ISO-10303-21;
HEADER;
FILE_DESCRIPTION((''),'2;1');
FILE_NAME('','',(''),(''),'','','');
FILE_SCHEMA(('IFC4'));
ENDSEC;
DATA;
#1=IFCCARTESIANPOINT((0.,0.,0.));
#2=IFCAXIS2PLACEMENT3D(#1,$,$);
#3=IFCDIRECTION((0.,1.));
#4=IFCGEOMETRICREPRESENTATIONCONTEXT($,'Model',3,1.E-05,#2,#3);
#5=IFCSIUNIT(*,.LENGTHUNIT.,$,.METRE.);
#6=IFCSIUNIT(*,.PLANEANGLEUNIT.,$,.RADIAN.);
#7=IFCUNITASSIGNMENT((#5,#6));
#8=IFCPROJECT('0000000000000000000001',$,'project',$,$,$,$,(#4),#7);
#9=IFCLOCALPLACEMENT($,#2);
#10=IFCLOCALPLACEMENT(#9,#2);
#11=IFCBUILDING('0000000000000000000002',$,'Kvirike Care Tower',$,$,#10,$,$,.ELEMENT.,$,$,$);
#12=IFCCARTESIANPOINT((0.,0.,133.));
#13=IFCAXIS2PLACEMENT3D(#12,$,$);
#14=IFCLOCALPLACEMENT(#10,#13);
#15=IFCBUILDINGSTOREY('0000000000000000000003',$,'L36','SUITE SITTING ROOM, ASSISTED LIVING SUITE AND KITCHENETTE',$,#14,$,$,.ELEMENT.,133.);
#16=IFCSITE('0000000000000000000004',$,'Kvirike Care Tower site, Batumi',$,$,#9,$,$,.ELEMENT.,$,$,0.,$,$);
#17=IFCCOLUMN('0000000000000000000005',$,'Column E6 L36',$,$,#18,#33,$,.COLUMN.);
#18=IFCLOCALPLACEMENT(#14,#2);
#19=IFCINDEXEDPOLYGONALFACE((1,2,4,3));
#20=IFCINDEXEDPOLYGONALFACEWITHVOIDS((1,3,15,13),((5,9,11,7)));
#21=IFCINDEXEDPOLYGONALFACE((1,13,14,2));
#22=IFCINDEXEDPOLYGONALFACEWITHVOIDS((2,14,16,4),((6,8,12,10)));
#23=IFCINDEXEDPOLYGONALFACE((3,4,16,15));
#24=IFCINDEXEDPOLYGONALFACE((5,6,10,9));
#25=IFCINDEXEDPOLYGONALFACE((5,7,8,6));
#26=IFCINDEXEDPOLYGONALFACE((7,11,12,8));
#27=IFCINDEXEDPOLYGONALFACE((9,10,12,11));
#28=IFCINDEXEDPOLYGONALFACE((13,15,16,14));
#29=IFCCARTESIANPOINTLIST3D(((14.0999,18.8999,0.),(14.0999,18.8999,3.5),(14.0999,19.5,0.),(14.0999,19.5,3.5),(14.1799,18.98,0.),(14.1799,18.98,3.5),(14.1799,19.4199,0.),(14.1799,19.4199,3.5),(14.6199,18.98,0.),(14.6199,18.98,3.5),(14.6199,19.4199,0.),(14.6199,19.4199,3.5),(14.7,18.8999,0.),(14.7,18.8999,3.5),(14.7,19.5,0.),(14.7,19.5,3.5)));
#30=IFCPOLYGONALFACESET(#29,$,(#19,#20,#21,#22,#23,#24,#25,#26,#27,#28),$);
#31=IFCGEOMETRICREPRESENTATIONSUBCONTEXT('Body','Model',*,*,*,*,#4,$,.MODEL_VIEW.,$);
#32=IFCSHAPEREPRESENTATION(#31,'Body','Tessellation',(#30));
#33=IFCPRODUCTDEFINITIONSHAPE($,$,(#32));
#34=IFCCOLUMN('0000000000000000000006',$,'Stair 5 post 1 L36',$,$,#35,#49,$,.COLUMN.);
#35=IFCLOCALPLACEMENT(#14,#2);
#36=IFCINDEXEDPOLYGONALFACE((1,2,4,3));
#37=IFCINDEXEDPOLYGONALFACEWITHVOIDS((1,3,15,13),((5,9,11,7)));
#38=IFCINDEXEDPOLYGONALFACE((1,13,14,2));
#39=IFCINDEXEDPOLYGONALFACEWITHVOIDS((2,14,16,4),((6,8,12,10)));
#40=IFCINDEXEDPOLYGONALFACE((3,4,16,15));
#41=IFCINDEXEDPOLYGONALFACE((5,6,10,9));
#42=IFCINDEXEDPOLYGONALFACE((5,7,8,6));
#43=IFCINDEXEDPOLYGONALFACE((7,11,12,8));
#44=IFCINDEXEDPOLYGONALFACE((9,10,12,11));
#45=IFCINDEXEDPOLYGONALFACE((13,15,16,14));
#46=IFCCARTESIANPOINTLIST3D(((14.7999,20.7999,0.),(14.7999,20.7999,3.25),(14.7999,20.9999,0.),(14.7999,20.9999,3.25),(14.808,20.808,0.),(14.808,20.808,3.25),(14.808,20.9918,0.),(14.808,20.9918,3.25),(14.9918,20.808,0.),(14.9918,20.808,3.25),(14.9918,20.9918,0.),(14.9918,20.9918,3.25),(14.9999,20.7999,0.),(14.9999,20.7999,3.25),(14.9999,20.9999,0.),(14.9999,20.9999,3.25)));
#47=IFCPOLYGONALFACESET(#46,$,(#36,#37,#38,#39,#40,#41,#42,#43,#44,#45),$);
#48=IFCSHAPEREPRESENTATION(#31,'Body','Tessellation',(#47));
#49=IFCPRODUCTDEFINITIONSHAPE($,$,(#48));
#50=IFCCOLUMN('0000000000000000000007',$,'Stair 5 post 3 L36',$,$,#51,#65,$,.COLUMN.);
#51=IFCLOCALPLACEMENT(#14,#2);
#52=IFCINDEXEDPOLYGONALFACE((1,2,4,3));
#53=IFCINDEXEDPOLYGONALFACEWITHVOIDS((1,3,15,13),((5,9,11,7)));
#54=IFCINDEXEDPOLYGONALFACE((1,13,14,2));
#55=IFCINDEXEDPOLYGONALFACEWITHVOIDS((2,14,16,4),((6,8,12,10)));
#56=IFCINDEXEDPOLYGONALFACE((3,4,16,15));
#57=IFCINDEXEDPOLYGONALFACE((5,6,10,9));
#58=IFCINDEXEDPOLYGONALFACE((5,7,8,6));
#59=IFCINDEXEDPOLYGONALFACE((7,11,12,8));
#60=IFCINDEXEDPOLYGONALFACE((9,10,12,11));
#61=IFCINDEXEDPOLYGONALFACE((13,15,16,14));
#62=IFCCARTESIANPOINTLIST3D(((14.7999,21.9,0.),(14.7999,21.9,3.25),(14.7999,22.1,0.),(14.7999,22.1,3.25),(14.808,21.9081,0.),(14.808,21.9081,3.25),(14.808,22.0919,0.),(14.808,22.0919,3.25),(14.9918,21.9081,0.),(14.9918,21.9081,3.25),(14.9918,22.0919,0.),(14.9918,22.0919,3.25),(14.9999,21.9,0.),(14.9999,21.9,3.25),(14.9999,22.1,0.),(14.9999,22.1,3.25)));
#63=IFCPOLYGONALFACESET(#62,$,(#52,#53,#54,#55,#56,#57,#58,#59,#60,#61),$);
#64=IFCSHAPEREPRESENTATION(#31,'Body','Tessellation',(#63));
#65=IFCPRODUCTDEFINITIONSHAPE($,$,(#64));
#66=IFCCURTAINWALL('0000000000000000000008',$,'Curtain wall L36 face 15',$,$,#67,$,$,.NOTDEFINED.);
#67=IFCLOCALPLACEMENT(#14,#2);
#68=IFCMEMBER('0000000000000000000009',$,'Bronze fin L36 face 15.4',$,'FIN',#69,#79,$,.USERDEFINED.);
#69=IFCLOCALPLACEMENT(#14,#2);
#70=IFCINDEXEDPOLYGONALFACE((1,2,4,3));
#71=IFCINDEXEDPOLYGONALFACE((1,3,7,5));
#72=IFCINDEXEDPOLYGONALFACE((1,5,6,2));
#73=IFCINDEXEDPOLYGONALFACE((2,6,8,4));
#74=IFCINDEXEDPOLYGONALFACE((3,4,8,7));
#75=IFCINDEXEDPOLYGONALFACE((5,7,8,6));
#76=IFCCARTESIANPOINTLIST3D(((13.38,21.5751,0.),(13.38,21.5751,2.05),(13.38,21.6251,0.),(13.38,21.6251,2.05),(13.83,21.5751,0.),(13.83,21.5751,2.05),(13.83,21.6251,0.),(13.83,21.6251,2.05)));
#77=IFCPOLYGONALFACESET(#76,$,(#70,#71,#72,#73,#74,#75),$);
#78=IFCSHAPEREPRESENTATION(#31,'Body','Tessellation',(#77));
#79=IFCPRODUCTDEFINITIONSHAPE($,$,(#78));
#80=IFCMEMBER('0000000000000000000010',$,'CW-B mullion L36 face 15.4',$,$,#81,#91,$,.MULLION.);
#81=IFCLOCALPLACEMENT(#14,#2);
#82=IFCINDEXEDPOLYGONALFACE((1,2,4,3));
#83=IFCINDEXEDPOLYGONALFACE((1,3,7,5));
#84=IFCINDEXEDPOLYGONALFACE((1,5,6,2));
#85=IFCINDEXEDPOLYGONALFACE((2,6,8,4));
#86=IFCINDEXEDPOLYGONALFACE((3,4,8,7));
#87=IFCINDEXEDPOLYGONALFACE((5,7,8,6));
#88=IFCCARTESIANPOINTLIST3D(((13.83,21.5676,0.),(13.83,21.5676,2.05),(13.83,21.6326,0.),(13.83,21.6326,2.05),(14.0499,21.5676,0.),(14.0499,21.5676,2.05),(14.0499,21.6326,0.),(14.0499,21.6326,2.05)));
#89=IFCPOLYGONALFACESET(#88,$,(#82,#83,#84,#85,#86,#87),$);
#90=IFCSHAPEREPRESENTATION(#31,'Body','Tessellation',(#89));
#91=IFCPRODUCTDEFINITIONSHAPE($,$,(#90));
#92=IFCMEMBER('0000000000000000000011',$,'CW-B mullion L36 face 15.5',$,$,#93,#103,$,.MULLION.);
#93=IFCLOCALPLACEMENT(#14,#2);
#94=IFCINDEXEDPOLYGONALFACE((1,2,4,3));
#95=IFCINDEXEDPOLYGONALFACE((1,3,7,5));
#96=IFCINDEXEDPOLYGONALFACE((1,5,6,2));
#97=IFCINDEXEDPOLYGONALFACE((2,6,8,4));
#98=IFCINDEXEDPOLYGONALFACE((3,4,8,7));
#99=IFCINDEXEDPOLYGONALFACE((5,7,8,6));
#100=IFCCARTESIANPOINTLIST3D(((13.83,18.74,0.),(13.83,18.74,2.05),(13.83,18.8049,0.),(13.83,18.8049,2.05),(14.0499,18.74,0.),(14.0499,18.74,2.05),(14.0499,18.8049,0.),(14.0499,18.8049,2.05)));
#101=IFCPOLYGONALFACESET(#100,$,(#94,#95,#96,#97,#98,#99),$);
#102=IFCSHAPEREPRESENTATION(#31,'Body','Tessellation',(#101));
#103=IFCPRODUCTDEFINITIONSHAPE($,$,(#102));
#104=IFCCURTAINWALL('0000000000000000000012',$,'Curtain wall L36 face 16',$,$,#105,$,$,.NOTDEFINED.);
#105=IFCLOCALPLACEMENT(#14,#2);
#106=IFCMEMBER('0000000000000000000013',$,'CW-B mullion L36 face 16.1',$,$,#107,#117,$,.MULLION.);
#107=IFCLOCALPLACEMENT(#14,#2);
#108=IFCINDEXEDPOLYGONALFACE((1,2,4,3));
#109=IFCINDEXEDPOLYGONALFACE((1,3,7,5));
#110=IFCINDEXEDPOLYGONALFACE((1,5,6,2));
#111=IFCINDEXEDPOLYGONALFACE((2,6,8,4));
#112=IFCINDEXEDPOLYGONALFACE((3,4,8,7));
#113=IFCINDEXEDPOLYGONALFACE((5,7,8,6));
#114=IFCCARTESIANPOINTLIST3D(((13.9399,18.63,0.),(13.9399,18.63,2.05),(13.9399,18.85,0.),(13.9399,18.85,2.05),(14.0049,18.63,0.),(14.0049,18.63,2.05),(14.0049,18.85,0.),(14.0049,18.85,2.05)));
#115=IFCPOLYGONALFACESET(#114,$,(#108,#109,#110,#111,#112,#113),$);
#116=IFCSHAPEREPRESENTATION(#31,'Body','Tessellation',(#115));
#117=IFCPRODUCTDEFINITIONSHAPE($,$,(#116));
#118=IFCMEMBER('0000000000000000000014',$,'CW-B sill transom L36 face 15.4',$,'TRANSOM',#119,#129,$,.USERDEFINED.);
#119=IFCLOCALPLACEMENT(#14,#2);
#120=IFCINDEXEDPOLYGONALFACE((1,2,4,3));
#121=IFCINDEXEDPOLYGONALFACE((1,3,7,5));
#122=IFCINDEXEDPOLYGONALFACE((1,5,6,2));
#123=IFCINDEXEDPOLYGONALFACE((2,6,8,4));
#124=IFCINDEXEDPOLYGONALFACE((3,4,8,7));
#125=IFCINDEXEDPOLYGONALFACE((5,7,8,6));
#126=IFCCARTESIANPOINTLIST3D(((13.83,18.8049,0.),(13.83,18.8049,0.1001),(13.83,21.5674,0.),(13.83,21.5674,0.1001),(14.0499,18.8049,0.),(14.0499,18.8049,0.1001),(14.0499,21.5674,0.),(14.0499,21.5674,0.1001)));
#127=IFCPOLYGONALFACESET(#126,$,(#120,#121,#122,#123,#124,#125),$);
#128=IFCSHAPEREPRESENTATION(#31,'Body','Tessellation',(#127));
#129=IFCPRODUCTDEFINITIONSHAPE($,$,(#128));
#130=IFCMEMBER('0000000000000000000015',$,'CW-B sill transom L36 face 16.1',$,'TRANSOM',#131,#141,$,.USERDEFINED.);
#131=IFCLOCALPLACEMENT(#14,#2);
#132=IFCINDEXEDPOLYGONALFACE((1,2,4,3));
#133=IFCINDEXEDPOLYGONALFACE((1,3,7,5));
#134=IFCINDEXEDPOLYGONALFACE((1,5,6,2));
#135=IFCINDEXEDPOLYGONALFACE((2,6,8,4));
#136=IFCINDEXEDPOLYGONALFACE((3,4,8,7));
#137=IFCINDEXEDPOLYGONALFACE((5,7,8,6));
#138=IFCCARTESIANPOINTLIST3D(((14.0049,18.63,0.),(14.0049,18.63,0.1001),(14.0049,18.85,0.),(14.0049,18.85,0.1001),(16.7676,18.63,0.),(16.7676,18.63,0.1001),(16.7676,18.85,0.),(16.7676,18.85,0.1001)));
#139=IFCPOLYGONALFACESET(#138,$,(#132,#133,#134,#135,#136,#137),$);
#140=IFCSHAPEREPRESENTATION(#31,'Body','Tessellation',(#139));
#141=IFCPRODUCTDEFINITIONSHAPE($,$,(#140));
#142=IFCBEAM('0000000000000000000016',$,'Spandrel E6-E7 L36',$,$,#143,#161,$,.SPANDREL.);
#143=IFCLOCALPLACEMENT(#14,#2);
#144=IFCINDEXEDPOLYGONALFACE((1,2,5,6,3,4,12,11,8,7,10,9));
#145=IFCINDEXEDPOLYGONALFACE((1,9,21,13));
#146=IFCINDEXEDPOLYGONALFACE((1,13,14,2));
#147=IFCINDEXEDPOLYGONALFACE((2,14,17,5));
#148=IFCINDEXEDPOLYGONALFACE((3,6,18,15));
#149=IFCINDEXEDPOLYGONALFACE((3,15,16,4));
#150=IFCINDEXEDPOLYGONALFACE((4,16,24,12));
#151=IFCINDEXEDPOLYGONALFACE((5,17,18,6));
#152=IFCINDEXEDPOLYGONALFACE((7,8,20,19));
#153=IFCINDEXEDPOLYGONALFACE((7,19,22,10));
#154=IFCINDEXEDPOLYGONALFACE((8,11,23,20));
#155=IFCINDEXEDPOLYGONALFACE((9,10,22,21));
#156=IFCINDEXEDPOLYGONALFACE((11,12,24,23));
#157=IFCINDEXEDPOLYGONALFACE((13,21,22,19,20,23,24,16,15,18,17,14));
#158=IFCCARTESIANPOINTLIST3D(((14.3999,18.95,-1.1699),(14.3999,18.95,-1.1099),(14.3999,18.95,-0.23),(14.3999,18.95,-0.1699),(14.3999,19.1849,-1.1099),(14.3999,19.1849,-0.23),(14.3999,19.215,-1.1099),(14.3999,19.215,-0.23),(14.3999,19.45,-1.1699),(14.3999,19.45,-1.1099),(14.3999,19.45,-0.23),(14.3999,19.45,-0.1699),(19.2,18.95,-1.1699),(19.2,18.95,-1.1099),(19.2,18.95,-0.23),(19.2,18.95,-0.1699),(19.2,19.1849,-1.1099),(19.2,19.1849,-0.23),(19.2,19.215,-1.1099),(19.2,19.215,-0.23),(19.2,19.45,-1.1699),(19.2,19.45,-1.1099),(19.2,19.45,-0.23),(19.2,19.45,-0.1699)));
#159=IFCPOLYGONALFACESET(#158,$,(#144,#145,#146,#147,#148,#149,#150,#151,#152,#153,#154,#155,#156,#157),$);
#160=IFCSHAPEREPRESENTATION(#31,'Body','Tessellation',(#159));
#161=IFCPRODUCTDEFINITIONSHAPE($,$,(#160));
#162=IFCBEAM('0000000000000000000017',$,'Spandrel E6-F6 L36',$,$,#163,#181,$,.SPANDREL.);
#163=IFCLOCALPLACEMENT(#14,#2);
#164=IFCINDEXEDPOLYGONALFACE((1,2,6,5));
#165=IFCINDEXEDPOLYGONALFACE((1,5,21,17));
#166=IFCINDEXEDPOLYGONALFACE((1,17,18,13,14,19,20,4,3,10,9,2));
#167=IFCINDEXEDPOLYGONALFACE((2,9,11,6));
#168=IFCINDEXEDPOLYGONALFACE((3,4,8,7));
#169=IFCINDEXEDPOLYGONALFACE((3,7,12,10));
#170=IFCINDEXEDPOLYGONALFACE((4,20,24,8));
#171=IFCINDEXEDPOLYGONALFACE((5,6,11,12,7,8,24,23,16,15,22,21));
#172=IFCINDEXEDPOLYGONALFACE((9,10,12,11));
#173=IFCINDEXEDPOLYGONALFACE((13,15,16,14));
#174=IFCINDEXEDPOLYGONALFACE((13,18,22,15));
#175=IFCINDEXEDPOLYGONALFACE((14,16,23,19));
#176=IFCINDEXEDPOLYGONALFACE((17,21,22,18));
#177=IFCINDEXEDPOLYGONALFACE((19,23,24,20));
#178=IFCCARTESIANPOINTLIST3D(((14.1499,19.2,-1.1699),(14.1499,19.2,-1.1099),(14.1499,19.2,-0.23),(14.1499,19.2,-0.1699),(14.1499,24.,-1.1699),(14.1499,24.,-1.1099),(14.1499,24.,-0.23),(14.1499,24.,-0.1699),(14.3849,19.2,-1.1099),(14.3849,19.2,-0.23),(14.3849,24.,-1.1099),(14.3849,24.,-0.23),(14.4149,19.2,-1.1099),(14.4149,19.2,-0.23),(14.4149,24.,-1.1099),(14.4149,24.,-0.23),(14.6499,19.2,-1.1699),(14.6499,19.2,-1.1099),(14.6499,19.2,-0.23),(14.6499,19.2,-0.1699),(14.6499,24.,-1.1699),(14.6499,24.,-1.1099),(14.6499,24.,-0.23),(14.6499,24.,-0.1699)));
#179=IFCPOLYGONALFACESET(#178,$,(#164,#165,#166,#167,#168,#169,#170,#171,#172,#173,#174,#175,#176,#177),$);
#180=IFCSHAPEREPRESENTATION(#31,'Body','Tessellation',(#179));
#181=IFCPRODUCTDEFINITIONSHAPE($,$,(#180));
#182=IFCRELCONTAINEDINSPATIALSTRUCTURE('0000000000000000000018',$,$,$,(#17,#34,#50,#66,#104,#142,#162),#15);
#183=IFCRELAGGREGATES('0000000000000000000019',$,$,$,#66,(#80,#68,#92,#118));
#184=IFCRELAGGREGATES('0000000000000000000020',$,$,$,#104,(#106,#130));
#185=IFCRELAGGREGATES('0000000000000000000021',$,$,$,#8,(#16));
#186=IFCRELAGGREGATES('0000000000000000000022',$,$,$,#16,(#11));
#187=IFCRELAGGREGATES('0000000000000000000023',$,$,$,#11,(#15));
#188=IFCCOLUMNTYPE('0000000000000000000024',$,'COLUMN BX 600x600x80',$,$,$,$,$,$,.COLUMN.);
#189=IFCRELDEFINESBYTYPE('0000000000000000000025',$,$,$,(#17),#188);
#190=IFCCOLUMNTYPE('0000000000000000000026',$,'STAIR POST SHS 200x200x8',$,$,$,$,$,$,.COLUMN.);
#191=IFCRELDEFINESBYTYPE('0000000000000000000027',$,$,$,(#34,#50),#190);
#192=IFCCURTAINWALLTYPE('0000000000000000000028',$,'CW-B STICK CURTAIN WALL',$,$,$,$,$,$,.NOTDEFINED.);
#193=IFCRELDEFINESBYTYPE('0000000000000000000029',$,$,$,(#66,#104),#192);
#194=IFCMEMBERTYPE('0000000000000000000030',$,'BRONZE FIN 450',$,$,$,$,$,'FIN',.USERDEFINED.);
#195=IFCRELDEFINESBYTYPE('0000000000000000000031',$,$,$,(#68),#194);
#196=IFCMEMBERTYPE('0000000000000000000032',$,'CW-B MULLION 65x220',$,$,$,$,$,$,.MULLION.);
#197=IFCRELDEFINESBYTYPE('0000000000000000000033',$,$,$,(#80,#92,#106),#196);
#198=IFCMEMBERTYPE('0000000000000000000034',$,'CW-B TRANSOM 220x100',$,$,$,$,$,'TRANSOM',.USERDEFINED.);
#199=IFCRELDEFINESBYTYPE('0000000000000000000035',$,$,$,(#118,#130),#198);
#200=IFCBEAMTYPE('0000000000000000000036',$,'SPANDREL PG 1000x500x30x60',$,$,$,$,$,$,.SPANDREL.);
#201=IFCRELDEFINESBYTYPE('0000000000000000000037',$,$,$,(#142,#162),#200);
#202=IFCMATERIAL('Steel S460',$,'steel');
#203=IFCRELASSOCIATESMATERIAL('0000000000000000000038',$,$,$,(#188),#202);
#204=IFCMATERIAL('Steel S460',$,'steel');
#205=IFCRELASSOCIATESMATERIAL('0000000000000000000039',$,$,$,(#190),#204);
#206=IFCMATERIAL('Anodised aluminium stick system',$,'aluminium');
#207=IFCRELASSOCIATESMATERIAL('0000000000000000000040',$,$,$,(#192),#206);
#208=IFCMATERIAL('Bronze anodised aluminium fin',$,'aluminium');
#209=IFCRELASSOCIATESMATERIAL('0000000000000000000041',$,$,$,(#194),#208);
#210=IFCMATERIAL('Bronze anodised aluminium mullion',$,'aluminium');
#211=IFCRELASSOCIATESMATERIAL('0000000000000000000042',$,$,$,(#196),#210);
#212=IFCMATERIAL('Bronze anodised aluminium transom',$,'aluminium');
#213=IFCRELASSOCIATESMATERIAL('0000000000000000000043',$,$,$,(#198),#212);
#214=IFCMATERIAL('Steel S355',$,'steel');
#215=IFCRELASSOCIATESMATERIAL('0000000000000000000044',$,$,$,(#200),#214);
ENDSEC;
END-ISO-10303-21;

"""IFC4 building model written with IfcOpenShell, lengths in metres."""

from ifc_helpers import new_model, si_unit, direction, frame, origin, origin_2d, place, context, subcontext, project, spatial, rectangle, hollow_rectangle, i_section, extrude, material, material_profile, profile_set, type_object, element, aggregate, save


model = new_model("IFC4")

# Units and contexts
model_context = context("Model", 3, precision=1e-05, world=origin(), true_north=direction((0.0, 1.0)))
body_context = subcontext(model_context, "Body", "Model", "MODEL_VIEW")
ifc_project = project(units=[si_unit("LENGTHUNIT", "METRE"), si_unit("PLANEANGLEUNIT", "RADIAN")], contexts=[model_context])

# Site, building, storey
site_placement = place(None, origin())
site = spatial("IfcSite", under=ifc_project, at=site_placement, Name="Kvirike Care Tower site, Batumi", CompositionType="ELEMENT", RefElevation=0.0)
building_placement = place(site_placement, origin())
building = spatial("IfcBuilding", under=site, at=building_placement, Name="Kvirike Care Tower", CompositionType="ELEMENT")
storey_placement = place(building_placement, frame((0.0, 0.0, 133.0)))
storey = spatial("IfcBuildingStorey", under=building, at=storey_placement, Name="L36", Description="SUITE SITTING ROOM, ASSISTED LIVING SUITE AND KITCHENETTE", CompositionType="ELEMENT", Elevation=133.0)

# Columns
ifc_material_1 = material(Name="Steel S460", Category="steel")
ifc_material_profile_1 = material_profile(ifc_material_1, hollow_rectangle(XDim=0.6001, YDim=0.6001, WallThickness=0.0801, at=origin_2d()), Name="BX 600x600x80")
ifc_profile_set_1 = profile_set([ifc_material_profile_1], Name="Steel S460")
column_type_1 = type_object("IfcColumnType", Name="COLUMN BX 600x600x80", PredefinedType="COLUMN", material=ifc_profile_set_1)
column_placement = place(storey_placement, frame((14.3999, 19.2, 0.0), z_axis=(0.0, 0.0, 1.0), x_axis=(0.0, 1.0, 0.0)))
element("IfcColumn", 1, at=column_placement, inside=storey, type_object=column_type_1, Name="Column E6 L36", PredefinedType="COLUMN", context=body_context, shape_type="SweptSolid", body=[
    extrude(hollow_rectangle(XDim=0.6001, YDim=0.6001, WallThickness=0.0801, at=origin_2d()), origin(), (0.0, 0.0, 1.0), 3.5),
])
ifc_material_2 = material(Name="Steel S460", Category="steel")
ifc_material_profile_2 = material_profile(ifc_material_2, hollow_rectangle(XDim=0.2, YDim=0.2, WallThickness=0.0081, at=origin_2d()), Name="SHS 200x200x8")
ifc_profile_set_2 = profile_set([ifc_material_profile_2], Name="Steel S460")
column_type_2 = type_object("IfcColumnType", Name="STAIR POST SHS 200x200x8", PredefinedType="COLUMN", material=ifc_profile_set_2)
for number, where, z_axis, x_axis, name in (
    (2, (14.8999, 20.8999, 0.0), (0.0, 0.0, 1.0), (1.0, 0.0, 0.0), "Stair 5 post 1 L36"),
    (3, (14.8999, 22.0, 0.0), (0.0, 0.0, 1.0), (1.0, 0.0, 0.0), "Stair 5 post 3 L36"),
):
    element("IfcColumn", number, at=place(storey_placement, frame(where, z_axis=z_axis, x_axis=x_axis)), inside=storey, type_object=column_type_2, Name=name, PredefinedType="COLUMN", context=body_context, shape_type="SweptSolid", body=[
        extrude(hollow_rectangle(XDim=0.2, YDim=0.2, WallThickness=0.0081, at=origin_2d()), origin(), (0.0, 0.0, 1.0), 3.25),
    ])

# Curtain wall, members
ifc_material_3 = material(Name="Anodised aluminium stick system", Category="aluminium")
curtain_wall_type = type_object("IfcCurtainWallType", Name="CW-B STICK CURTAIN WALL", PredefinedType="NOTDEFINED", material=ifc_material_3)
curtain_wall_1_placement = place(storey_placement, origin())
curtain_wall_1 = element("IfcCurtainWall", 4, at=curtain_wall_1_placement, inside=storey, type_object=curtain_wall_type, Name="Curtain wall L36 face 15", PredefinedType="NOTDEFINED")
ifc_material_4 = material(Name="Bronze anodised aluminium fin", Category="aluminium")
ifc_material_profile_3 = material_profile(ifc_material_4, rectangle(XDim=0.05, YDim=0.45, at=origin_2d()), Name="BRONZE FIN 450")
ifc_profile_set_3 = profile_set([ifc_material_profile_3], Name="Bronze anodised aluminium fin")
member_type_1 = type_object("IfcMemberType", Name="BRONZE FIN 450", ElementType="FIN", PredefinedType="USERDEFINED", material=ifc_profile_set_3)
member_1_placement = place(storey_placement, frame((13.605, 21.6001, 0.0), z_axis=(0.0, 0.0, 1.0), x_axis=(0.0, -1.0, 0.0)))
member_1 = element("IfcMember", 5, at=member_1_placement, type_object=member_type_1, Name="Bronze fin L36 face 15.4", ObjectType="FIN", PredefinedType="USERDEFINED", context=body_context, shape_type="SweptSolid", body=[
    extrude(rectangle(XDim=0.05, YDim=0.45, at=origin_2d()), origin(), (0.0, 0.0, 1.0), 2.05),
])
ifc_material_5 = material(Name="Bronze anodised aluminium mullion", Category="aluminium")
ifc_material_profile_4 = material_profile(ifc_material_5, rectangle(XDim=0.0649, YDim=0.22, at=origin_2d()), Name="CW-B MULLION 65x220")
ifc_profile_set_4 = profile_set([ifc_material_profile_4], Name="Bronze anodised aluminium mullion")
member_type_2 = type_object("IfcMemberType", Name="CW-B MULLION 65x220", PredefinedType="MULLION", material=ifc_profile_set_4)
member_2_placement = place(storey_placement, frame((13.9399, 21.6001, 0.0), z_axis=(0.0, 0.0, 1.0), x_axis=(0.0, -1.0, 0.0)))
member_2 = element("IfcMember", 6, at=member_2_placement, type_object=member_type_2, Name="CW-B mullion L36 face 15.4", PredefinedType="MULLION", context=body_context, shape_type="SweptSolid", body=[
    extrude(rectangle(XDim=0.0649, YDim=0.22, at=origin_2d()), origin(), (0.0, 0.0, 1.0), 2.05),
])
member_3_placement = place(storey_placement, frame((13.9399, 18.7725, 0.0), z_axis=(0.0, 0.0, 1.0), x_axis=(0.0, -1.0, 0.0)))
member_3 = element("IfcMember", 7, at=member_3_placement, type_object=member_type_2, Name="CW-B mullion L36 face 15.5", PredefinedType="MULLION", context=body_context, shape_type="SweptSolid", body=[
    extrude(rectangle(XDim=0.0649, YDim=0.22, at=origin_2d()), origin(), (0.0, 0.0, 1.0), 2.05),
])

# Curtain wall, member
curtain_wall_2_placement = place(storey_placement, origin())
curtain_wall_2 = element("IfcCurtainWall", 8, at=curtain_wall_2_placement, inside=storey, type_object=curtain_wall_type, Name="Curtain wall L36 face 16", PredefinedType="NOTDEFINED")
member_4_placement = place(storey_placement, frame((13.9724, 18.74, 0.0), z_axis=(0.0, 0.0, 1.0), x_axis=(1.0, 0.0, 0.0)))
member_4 = element("IfcMember", 9, at=member_4_placement, type_object=member_type_2, Name="CW-B mullion L36 face 16.1", PredefinedType="MULLION", context=body_context, shape_type="SweptSolid", body=[
    extrude(rectangle(XDim=0.0649, YDim=0.22, at=origin_2d()), origin(), (0.0, 0.0, 1.0), 2.05),
])

# Members
ifc_material_6 = material(Name="Bronze anodised aluminium transom", Category="aluminium")
ifc_material_profile_5 = material_profile(ifc_material_6, rectangle(XDim=0.22, YDim=0.1001, at=origin_2d()), Name="CW-B TRANSOM 220x100")
ifc_profile_set_5 = profile_set([ifc_material_profile_5], Name="Bronze anodised aluminium transom")
member_type_3 = type_object("IfcMemberType", Name="CW-B TRANSOM 220x100", ElementType="TRANSOM", PredefinedType="USERDEFINED", material=ifc_profile_set_5)
member_5_placement = place(storey_placement, frame((13.9399, 21.5674, 0.05), z_axis=(0.0, -1.0, 0.0), x_axis=(1.0, 0.0, 0.0)))
member_5 = element("IfcMember", 10, at=member_5_placement, type_object=member_type_3, Name="CW-B sill transom L36 face 15.4", ObjectType="TRANSOM", PredefinedType="USERDEFINED", context=body_context, shape_type="SweptSolid", body=[
    extrude(rectangle(XDim=0.22, YDim=0.1001, at=origin_2d()), origin(), (0.0, 0.0, 1.0), 2.7625),
])
member_6_placement = place(storey_placement, frame((14.0049, 18.74, 0.05), z_axis=(1.0, 0.0, 0.0), x_axis=(0.0, 1.0, 0.0)))
member_6 = element("IfcMember", 11, at=member_6_placement, type_object=member_type_3, Name="CW-B sill transom L36 face 16.1", ObjectType="TRANSOM", PredefinedType="USERDEFINED", context=body_context, shape_type="SweptSolid", body=[
    extrude(rectangle(XDim=0.22, YDim=0.1001, at=origin_2d()), origin(), (0.0, 0.0, 1.0), 2.7627),
])

# Beams
ifc_material_7 = material(Name="Steel S355", Category="steel")
ifc_material_profile_6 = material_profile(ifc_material_7, i_section(OverallWidth=0.5, OverallDepth=1.0, WebThickness=0.03, FlangeThickness=0.0601, at=origin_2d()), Name="PG 1000x500x30x60")
ifc_profile_set_6 = profile_set([ifc_material_profile_6], Name="Steel S355")
beam_type_1 = type_object("IfcBeamType", Name="SPANDREL PG 1000x500x30x60", PredefinedType="SPANDREL", material=ifc_profile_set_6)
for number, where, z_axis, x_axis, name in (
    (12, (14.3999, 19.2, -0.6699), (1.0, 0.0, 0.0), (0.0, 1.0, 0.0), "Spandrel E6-E7 L36"),
    (13, (14.3999, 19.2, -0.6699), (0.0, 1.0, 0.0), (-1.0, 0.0, 0.0), "Spandrel E6-F6 L36"),
):
    element("IfcBeam", number, at=place(storey_placement, frame(where, z_axis=z_axis, x_axis=x_axis)), inside=storey, type_object=beam_type_1, Name=name, PredefinedType="SPANDREL", context=body_context, shape_type="SweptSolid", body=[
        extrude(i_section(OverallWidth=0.5, OverallDepth=1.0, WebThickness=0.03, FlangeThickness=0.0601, at=origin_2d()), origin(), (0.0, 0.0, 1.0), 4.8),
    ])

aggregate(curtain_wall_1, [member_2, member_1, member_3, member_5])
aggregate(curtain_wall_2, [member_4, member_6])

save(model, "model.ifc")
